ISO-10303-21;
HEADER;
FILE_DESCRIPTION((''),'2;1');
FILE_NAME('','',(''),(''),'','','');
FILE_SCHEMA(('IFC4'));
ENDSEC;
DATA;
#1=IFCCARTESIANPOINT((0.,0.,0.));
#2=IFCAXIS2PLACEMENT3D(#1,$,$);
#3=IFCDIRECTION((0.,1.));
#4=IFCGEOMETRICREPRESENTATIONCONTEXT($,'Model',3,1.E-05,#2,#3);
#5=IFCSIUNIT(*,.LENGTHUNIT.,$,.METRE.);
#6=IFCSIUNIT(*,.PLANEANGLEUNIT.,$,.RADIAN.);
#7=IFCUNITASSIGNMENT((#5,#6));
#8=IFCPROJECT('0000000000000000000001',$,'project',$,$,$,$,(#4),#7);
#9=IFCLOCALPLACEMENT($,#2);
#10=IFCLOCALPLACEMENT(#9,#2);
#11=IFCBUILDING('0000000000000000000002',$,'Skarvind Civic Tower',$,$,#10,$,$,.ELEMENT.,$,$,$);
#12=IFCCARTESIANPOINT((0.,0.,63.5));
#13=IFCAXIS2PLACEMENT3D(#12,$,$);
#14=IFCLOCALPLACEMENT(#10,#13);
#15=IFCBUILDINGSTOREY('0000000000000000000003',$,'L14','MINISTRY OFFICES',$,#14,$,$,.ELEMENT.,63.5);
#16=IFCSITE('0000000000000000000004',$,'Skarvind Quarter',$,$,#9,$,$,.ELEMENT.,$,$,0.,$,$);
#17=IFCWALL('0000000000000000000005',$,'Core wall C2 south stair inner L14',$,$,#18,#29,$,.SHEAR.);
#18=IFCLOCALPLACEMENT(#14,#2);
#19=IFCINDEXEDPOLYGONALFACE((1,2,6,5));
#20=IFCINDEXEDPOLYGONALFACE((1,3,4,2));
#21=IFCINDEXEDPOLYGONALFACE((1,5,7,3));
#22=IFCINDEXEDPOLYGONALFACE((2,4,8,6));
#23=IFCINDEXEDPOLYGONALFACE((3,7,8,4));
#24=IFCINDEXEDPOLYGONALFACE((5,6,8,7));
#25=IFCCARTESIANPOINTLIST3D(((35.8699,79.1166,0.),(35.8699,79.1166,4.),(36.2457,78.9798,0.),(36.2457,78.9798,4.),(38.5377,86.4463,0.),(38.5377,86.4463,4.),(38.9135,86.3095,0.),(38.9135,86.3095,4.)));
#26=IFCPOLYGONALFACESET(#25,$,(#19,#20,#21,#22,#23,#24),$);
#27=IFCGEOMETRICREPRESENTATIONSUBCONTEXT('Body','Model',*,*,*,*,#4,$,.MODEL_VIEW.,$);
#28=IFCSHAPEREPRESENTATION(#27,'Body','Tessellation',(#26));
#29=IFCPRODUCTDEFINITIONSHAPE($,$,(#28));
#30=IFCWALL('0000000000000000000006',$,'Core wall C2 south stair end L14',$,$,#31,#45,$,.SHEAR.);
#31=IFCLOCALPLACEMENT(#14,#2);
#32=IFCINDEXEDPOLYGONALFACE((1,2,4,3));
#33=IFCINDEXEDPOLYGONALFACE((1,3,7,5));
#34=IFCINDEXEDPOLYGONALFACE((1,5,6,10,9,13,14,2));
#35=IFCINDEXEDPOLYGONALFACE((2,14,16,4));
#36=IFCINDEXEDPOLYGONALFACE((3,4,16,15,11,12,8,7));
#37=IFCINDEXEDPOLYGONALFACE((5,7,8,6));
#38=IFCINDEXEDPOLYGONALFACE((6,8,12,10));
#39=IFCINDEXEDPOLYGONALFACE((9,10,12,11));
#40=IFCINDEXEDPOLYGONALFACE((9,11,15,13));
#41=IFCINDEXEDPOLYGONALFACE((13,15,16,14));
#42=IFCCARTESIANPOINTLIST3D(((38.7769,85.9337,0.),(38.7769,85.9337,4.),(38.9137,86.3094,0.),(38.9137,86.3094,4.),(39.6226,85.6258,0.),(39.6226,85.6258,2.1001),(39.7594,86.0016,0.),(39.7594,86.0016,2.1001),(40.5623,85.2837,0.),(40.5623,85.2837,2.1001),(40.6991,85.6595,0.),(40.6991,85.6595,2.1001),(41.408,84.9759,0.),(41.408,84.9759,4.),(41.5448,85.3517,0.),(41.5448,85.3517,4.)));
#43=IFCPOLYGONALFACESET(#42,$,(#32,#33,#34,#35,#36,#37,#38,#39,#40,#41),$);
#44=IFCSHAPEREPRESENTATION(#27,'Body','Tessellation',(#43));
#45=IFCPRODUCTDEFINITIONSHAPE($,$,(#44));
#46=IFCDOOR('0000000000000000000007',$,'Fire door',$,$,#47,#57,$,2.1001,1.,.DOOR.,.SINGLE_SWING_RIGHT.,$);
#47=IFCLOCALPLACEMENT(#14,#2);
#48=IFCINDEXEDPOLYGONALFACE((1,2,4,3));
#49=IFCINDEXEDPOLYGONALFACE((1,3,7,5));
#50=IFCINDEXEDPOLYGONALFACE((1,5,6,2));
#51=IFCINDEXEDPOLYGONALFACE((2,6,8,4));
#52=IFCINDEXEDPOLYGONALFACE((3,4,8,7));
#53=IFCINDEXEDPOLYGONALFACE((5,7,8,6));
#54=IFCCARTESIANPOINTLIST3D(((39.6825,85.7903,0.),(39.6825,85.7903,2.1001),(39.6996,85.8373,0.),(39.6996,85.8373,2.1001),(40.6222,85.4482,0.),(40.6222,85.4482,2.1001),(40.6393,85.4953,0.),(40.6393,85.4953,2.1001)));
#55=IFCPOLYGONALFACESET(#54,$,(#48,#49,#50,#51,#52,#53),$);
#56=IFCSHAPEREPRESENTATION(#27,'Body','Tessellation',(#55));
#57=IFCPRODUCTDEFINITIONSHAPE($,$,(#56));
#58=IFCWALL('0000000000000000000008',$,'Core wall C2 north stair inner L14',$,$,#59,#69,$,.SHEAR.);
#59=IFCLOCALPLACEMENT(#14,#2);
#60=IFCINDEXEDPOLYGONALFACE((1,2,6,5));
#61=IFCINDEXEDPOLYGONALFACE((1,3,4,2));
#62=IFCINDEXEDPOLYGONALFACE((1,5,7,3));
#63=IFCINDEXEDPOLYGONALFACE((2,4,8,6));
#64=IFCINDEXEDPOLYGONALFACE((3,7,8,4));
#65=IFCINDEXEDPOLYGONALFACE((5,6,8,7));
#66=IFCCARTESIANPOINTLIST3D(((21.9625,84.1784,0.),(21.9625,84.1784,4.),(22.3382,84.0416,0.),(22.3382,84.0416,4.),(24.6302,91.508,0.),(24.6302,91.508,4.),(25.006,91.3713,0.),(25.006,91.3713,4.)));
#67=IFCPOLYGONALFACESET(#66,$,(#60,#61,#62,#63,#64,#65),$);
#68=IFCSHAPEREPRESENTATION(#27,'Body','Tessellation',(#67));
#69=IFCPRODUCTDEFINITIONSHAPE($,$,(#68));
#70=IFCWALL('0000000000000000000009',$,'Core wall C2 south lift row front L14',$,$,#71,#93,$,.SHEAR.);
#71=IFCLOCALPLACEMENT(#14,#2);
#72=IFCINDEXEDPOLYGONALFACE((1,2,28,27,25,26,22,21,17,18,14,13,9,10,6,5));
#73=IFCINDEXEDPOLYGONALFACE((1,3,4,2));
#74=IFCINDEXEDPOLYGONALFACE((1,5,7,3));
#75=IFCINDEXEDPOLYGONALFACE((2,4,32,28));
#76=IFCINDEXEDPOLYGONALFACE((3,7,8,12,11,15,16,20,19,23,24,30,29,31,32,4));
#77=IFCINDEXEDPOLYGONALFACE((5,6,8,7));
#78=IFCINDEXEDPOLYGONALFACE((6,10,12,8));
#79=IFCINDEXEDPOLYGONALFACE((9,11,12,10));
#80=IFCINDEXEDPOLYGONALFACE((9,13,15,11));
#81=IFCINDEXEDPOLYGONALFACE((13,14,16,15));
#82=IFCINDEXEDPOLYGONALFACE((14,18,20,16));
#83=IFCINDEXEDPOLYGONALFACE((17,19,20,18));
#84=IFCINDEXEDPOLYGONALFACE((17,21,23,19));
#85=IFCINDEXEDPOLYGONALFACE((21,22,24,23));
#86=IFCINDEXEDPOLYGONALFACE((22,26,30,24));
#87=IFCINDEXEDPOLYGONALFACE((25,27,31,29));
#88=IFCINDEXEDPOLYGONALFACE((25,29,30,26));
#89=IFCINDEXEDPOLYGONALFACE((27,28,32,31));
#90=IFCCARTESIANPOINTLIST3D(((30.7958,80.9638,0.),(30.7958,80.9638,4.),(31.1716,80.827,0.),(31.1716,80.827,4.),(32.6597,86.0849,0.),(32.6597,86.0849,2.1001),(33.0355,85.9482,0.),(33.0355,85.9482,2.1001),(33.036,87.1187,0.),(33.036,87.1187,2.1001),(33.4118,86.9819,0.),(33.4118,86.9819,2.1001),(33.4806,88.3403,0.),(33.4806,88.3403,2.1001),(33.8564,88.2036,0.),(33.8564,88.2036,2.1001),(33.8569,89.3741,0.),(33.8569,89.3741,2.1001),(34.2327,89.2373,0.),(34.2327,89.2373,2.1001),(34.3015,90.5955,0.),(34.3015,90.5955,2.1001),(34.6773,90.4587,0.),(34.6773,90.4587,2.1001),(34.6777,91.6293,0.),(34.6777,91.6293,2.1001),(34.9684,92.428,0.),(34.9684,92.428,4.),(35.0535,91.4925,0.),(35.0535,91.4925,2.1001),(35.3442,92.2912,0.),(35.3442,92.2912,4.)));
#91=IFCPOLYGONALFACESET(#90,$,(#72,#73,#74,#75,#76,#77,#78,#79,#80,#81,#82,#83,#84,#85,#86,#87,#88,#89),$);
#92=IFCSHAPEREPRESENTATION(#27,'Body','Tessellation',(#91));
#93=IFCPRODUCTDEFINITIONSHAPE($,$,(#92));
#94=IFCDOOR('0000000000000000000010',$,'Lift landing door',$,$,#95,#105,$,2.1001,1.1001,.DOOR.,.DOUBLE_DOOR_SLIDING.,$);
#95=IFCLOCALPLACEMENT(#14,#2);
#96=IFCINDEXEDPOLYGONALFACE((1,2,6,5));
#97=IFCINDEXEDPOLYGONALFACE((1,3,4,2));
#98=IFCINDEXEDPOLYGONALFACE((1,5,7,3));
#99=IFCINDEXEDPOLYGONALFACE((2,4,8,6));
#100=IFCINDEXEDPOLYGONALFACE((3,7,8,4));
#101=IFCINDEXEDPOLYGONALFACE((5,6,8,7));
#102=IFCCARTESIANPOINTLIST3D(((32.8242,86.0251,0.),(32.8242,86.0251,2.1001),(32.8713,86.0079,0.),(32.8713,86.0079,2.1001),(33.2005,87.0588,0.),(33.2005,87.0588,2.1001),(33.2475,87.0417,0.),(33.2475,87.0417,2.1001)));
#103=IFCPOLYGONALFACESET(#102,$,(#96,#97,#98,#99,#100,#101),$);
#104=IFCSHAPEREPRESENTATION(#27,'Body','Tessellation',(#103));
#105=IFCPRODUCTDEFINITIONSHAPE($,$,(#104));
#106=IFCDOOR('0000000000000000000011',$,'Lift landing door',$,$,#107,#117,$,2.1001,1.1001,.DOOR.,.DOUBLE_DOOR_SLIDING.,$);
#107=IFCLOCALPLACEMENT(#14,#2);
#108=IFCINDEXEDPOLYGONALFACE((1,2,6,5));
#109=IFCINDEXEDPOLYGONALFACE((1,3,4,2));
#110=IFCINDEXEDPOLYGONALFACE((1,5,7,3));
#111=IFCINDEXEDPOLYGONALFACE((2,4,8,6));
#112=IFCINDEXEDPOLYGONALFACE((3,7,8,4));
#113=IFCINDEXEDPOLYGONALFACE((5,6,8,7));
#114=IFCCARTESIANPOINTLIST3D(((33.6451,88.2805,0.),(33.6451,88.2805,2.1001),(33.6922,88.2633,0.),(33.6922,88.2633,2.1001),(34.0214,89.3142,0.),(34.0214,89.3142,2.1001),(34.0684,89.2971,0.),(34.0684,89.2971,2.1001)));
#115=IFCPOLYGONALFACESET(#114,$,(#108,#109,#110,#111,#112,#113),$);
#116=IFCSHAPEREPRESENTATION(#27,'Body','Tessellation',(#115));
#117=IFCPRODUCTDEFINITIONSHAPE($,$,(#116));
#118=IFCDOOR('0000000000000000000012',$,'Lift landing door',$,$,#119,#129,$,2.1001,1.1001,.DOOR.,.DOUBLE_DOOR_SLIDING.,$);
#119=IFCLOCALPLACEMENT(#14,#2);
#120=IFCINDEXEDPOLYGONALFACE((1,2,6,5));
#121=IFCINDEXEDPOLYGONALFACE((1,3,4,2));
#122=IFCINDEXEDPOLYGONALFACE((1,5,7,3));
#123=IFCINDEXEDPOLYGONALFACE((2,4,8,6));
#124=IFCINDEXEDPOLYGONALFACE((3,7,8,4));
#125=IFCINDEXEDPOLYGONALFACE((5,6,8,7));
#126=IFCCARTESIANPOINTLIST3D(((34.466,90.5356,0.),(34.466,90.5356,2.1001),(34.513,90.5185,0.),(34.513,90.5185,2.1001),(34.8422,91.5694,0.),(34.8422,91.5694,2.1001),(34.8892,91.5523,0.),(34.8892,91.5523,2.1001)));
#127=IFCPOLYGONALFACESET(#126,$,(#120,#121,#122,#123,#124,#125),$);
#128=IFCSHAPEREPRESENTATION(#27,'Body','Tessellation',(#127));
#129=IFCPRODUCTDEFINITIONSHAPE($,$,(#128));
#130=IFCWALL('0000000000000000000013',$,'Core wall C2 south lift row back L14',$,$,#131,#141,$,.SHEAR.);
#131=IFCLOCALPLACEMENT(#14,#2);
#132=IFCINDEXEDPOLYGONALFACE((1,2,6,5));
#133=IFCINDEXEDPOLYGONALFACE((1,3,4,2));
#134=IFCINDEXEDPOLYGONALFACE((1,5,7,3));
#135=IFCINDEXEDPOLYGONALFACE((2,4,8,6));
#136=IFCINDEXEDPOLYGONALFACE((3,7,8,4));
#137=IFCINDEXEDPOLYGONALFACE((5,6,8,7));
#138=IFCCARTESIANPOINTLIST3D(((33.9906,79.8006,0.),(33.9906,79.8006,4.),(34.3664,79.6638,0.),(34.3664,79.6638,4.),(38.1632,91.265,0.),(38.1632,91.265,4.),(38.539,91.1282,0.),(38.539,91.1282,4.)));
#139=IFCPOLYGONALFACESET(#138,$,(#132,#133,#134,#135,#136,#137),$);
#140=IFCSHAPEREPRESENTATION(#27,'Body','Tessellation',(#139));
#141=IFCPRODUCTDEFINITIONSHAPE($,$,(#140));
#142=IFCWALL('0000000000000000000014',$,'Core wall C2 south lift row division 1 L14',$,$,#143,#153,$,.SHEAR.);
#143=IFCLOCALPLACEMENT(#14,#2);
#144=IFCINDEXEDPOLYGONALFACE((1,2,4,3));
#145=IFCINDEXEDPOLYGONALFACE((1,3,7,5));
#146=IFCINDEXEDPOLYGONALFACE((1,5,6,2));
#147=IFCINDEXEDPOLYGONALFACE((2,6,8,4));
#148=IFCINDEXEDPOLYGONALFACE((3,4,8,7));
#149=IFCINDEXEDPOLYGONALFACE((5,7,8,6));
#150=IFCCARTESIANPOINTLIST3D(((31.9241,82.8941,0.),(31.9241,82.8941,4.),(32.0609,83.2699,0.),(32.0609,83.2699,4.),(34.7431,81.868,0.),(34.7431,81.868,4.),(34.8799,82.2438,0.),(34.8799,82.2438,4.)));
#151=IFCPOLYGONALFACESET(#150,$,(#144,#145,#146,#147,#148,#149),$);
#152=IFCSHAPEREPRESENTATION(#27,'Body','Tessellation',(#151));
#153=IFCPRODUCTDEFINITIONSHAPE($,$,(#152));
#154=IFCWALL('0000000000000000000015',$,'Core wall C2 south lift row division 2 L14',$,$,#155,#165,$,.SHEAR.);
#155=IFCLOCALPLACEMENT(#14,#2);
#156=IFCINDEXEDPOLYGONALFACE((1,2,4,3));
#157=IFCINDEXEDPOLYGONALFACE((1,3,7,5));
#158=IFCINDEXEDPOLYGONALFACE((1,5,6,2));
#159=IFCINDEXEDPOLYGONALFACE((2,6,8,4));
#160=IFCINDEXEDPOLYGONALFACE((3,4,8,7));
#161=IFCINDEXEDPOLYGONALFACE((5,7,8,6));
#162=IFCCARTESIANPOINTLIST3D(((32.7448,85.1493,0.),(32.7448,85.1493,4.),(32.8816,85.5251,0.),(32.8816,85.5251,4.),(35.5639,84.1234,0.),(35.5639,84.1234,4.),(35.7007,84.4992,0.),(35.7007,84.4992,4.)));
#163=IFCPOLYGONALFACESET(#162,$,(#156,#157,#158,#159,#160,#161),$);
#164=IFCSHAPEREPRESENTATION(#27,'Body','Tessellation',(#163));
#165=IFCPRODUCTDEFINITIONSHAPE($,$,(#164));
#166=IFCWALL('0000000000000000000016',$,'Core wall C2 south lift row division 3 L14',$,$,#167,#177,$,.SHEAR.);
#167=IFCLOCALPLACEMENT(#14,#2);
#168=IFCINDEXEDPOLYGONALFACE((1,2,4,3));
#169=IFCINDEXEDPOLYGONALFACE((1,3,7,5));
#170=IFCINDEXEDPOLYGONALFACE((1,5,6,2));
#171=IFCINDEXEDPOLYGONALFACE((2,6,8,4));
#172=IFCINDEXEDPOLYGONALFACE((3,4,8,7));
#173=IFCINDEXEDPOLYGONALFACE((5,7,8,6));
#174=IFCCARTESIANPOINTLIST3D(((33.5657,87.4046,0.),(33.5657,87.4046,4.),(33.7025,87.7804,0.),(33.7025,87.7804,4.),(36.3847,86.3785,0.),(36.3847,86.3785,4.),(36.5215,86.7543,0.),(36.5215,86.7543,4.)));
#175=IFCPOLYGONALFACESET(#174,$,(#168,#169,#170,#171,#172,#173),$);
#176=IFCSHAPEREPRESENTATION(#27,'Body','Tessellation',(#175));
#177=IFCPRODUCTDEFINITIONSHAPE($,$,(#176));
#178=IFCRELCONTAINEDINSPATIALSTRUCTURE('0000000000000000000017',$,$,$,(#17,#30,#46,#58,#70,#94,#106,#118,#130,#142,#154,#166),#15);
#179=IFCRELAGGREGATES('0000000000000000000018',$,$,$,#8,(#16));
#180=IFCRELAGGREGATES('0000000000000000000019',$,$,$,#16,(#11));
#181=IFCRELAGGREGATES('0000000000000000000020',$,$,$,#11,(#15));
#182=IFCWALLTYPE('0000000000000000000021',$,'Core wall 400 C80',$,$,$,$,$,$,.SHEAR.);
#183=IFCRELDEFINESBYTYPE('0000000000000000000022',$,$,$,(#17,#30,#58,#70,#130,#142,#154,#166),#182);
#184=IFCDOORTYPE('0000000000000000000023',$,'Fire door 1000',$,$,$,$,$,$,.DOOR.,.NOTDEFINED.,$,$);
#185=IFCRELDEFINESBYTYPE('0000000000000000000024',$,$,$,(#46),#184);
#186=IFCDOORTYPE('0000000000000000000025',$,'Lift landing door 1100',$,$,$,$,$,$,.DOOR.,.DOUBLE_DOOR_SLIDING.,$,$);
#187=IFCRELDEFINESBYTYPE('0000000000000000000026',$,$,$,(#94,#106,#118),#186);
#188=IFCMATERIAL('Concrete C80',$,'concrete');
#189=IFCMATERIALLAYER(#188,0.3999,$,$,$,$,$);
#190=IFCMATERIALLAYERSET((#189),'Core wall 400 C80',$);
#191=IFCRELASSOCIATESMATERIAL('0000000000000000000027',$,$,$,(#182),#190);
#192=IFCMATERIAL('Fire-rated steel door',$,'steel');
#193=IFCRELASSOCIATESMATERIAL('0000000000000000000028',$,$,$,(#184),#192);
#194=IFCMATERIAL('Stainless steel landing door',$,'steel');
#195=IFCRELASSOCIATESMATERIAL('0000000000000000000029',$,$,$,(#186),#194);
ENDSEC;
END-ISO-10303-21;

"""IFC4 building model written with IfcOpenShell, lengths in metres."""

from ifc_helpers import new_model, si_unit, direction, frame, frame_2d, origin, place, context, subcontext, project, spatial, rectangle, extrude, material, layer, layer_set, type_object, element, fill, save


model = new_model("IFC4")

# Units and contexts
model_context = context("Model", 3, precision=1e-05, world=origin(), true_north=direction((0.0, 1.0)))
body_context = subcontext(model_context, "Body", "Model", "MODEL_VIEW")
ifc_project = project(units=[si_unit("LENGTHUNIT", "METRE"), si_unit("PLANEANGLEUNIT", "RADIAN")], contexts=[model_context])

# Site, building, storey
site_placement = place(None, origin())
site = spatial("IfcSite", under=ifc_project, at=site_placement, Name="Skarvind Quarter", CompositionType="ELEMENT", RefElevation=0.0)
building_placement = place(site_placement, origin())
building = spatial("IfcBuilding", under=site, at=building_placement, Name="Skarvind Civic Tower", CompositionType="ELEMENT")
storey_placement = place(building_placement, frame((0.0, 0.0, 63.5)))
storey = spatial("IfcBuildingStorey", under=building, at=storey_placement, Name="L14", Description="MINISTRY OFFICES", CompositionType="ELEMENT", Elevation=63.5)

# Wall
ifc_material_1 = material(Name="Concrete C80", Category="concrete")
ifc_layer_1 = layer(ifc_material_1, 0.3999)
ifc_layer_set_1 = layer_set([ifc_layer_1], Name="Core wall 400 C80")
wall_type_1 = type_object("IfcWallType", Name="Core wall 400 C80", PredefinedType="SHEAR", material=ifc_layer_set_1)
wall_1_placement = place(storey_placement, frame((36.0579, 79.0483, 0.0), z_axis=(0.0, 0.0, 1.0), x_axis=(0.342017, 0.939694, 0.0)))
element("IfcWall", 1, at=wall_1_placement, inside=storey, type_object=wall_type_1, Name="Core wall C2 south stair inner L14", PredefinedType="SHEAR", context=body_context, shape_type="SweptSolid", body=[
    extrude(rectangle(XDim=7.8, YDim=0.3999, at=frame_2d((3.8999, 0.0))), origin(), (0.0, 0.0, 1.0), 4.0),
])

# Wall, opening, door
wall_2_placement = place(storey_placement, frame((41.4763, 85.1638, 0.0), z_axis=(0.0, 0.0, 1.0), x_axis=(-0.939679, 0.342058, 0.0)))
wall_2 = element("IfcWall", 2, at=wall_2_placement, inside=storey, type_object=wall_type_1, Name="Core wall C2 south stair end L14", PredefinedType="SHEAR", context=body_context, shape_type="SweptSolid", body=[
    extrude(rectangle(XDim=2.8, YDim=0.3999, at=frame_2d((1.3999, 0.0))), origin(), (0.0, 0.0, 1.0), 4.0),
])
opening_1_placement = place(wall_2_placement, frame((0.8999, 0.0, 0.0)))
opening_1 = element("IfcOpeningElement", 3, at=opening_1_placement, cuts=wall_2, PredefinedType="OPENING", context=body_context, shape_type="SweptSolid", body=[
    extrude(rectangle(XDim=1.0, YDim=2.1001, at=frame_2d((0.5, 1.05))), frame((0.0, 0.21, 0.0), z_axis=(0.0, -1.0, 0.0), x_axis=(1.0, 0.0, 0.0)), (0.0, 0.0, 1.0), 0.4199),
])
ifc_material_2 = material(Name="Fire-rated steel door", Category="steel")
door_type_1 = type_object("IfcDoorType", Name="Fire door 1000", OperationType="NOTDEFINED", PredefinedType="DOOR", material=ifc_material_2)
door_1_placement = place(opening_1_placement, origin())
door_1 = element("IfcDoor", 4, at=door_1_placement, inside=storey, type_object=door_type_1, Name="Fire door", OperationType="SINGLE_SWING_RIGHT", OverallHeight=2.1001, OverallWidth=1.0, PredefinedType="DOOR", context=body_context, shape_type="SweptSolid", body=[
    extrude(rectangle(XDim=1.0, YDim=2.1001, at=frame_2d((0.5, 1.05))), frame((0.0, 0.0249, 0.0), z_axis=(0.0, -1.0, 0.0), x_axis=(1.0, 0.0, 0.0)), (0.0, 0.0, 1.0), 0.05),
])
fill(opening_1, door_1)

# Wall
wall_3_placement = place(storey_placement, frame((22.1504, 84.1101, 0.0), z_axis=(0.0, 0.0, 1.0), x_axis=(0.342017, 0.939694, 0.0)))
element("IfcWall", 5, at=wall_3_placement, inside=storey, type_object=wall_type_1, Name="Core wall C2 north stair inner L14", PredefinedType="SHEAR", context=body_context, shape_type="SweptSolid", body=[
    extrude(rectangle(XDim=7.8, YDim=0.3999, at=frame_2d((3.8999, 0.0))), origin(), (0.0, 0.0, 1.0), 4.0),
])

# Wall, openings, doors
wall_4_placement = place(storey_placement, frame((30.9836, 80.8953, 0.0), z_axis=(0.0, 0.0, 1.0), x_axis=(0.342021, 0.939692, 0.0)))
wall_4 = element("IfcWall", 6, at=wall_4_placement, inside=storey, type_object=wall_type_1, Name="Core wall C2 south lift row front L14", PredefinedType="SHEAR", context=body_context, shape_type="SweptSolid", body=[
    extrude(rectangle(XDim=12.2, YDim=0.3999, at=frame_2d((6.1001, 0.0))), origin(), (0.0, 0.0, 1.0), 4.0),
])
opening_2_placement = place(wall_4_placement, frame((5.45, 0.0, 0.0)))
opening_2 = element("IfcOpeningElement", 7, at=opening_2_placement, cuts=wall_4, PredefinedType="OPENING", context=body_context, shape_type="SweptSolid", body=[
    extrude(rectangle(XDim=1.1001, YDim=2.1001, at=frame_2d((0.55, 1.05))), frame((0.0, 0.21, 0.0), z_axis=(0.0, -1.0, 0.0), x_axis=(1.0, 0.0, 0.0)), (0.0, 0.0, 1.0), 0.4199),
])
opening_3_placement = place(wall_4_placement, frame((7.8501, 0.0, 0.0)))
opening_3 = element("IfcOpeningElement", 8, at=opening_3_placement, cuts=wall_4, PredefinedType="OPENING", context=body_context, shape_type="SweptSolid", body=[
    extrude(rectangle(XDim=1.1001, YDim=2.1001, at=frame_2d((0.55, 1.05))), frame((0.0, 0.21, 0.0), z_axis=(0.0, -1.0, 0.0), x_axis=(1.0, 0.0, 0.0)), (0.0, 0.0, 1.0), 0.4199),
])
opening_4_placement = place(wall_4_placement, frame((10.25, 0.0, 0.0)))
opening_4 = element("IfcOpeningElement", 9, at=opening_4_placement, cuts=wall_4, PredefinedType="OPENING", context=body_context, shape_type="SweptSolid", body=[
    extrude(rectangle(XDim=1.1001, YDim=2.1001, at=frame_2d((0.55, 1.05))), frame((0.0, 0.21, 0.0), z_axis=(0.0, -1.0, 0.0), x_axis=(1.0, 0.0, 0.0)), (0.0, 0.0, 1.0), 0.4199),
])
ifc_material_3 = material(Name="Stainless steel landing door", Category="steel")
door_type_2 = type_object("IfcDoorType", Name="Lift landing door 1100", OperationType="DOUBLE_DOOR_SLIDING", PredefinedType="DOOR", material=ifc_material_3)
door_2_placement = place(opening_2_placement, origin())
door_2 = element("IfcDoor", 10, at=door_2_placement, inside=storey, type_object=door_type_2, Name="Lift landing door", OperationType="DOUBLE_DOOR_SLIDING", OverallHeight=2.1001, OverallWidth=1.1001, PredefinedType="DOOR", context=body_context, shape_type="SweptSolid", body=[
    extrude(rectangle(XDim=1.1001, YDim=2.1001, at=frame_2d((0.55, 1.05))), frame((0.0, 0.0249, 0.0), z_axis=(0.0, -1.0, 0.0), x_axis=(1.0, 0.0, 0.0)), (0.0, 0.0, 1.0), 0.05),
])
fill(opening_2, door_2)
door_3_placement = place(opening_3_placement, origin())
door_3 = element("IfcDoor", 11, at=door_3_placement, inside=storey, type_object=door_type_2, Name="Lift landing door", OperationType="DOUBLE_DOOR_SLIDING", OverallHeight=2.1001, OverallWidth=1.1001, PredefinedType="DOOR", context=body_context, shape_type="SweptSolid", body=[
    extrude(rectangle(XDim=1.1001, YDim=2.1001, at=frame_2d((0.55, 1.05))), frame((0.0, 0.0249, 0.0), z_axis=(0.0, -1.0, 0.0), x_axis=(1.0, 0.0, 0.0)), (0.0, 0.0, 1.0), 0.05),
])
fill(opening_3, door_3)
door_4_placement = place(opening_4_placement, origin())
door_4 = element("IfcDoor", 12, at=door_4_placement, inside=storey, type_object=door_type_2, Name="Lift landing door", OperationType="DOUBLE_DOOR_SLIDING", OverallHeight=2.1001, OverallWidth=1.1001, PredefinedType="DOOR", context=body_context, shape_type="SweptSolid", body=[
    extrude(rectangle(XDim=1.1001, YDim=2.1001, at=frame_2d((0.55, 1.05))), frame((0.0, 0.0249, 0.0), z_axis=(0.0, -1.0, 0.0), x_axis=(1.0, 0.0, 0.0)), (0.0, 0.0, 1.0), 0.05),
])
fill(opening_4, door_4)

# Walls
wall_5_placement = place(storey_placement, frame((34.1785, 79.7322, 0.0), z_axis=(0.0, 0.0, 1.0), x_axis=(0.342015, 0.939695, 0.0)))
element("IfcWall", 13, at=wall_5_placement, inside=storey, type_object=wall_type_1, Name="Core wall C2 south lift row back L14", PredefinedType="SHEAR", context=body_context, shape_type="SweptSolid", body=[
    extrude(rectangle(XDim=12.2002, YDim=0.3999, at=frame_2d((6.1001, 0.0))), origin(), (0.0, 0.0, 1.0), 4.0),
])
for number, where, z_axis, x_axis, name in (
    (14, (34.8115, 82.0559, 0.0), (0.0, 0.0, 1.0), (-0.939686, 0.342037, 0.0), "Core wall C2 south lift row division 1 L14"),
    (15, (35.6323, 84.3113, 0.0), (0.0, 0.0, 1.0), (-0.939713, 0.341965, 0.0), "Core wall C2 south lift row division 2 L14"),
    (16, (36.4531, 86.5664, 0.0), (0.0, 0.0, 1.0), (-0.939686, 0.342037, 0.0), "Core wall C2 south lift row division 3 L14"),
):
    element("IfcWall", number, at=place(storey_placement, frame(where, z_axis=z_axis, x_axis=x_axis)), inside=storey, type_object=wall_type_1, Name=name, PredefinedType="SHEAR", context=body_context, shape_type="SweptSolid", body=[
        extrude(rectangle(XDim=3.0, YDim=0.3999, at=frame_2d((1.5, 0.0))), origin(), (0.0, 0.0, 1.0), 4.0),
    ])

save(model, "model.ifc")
